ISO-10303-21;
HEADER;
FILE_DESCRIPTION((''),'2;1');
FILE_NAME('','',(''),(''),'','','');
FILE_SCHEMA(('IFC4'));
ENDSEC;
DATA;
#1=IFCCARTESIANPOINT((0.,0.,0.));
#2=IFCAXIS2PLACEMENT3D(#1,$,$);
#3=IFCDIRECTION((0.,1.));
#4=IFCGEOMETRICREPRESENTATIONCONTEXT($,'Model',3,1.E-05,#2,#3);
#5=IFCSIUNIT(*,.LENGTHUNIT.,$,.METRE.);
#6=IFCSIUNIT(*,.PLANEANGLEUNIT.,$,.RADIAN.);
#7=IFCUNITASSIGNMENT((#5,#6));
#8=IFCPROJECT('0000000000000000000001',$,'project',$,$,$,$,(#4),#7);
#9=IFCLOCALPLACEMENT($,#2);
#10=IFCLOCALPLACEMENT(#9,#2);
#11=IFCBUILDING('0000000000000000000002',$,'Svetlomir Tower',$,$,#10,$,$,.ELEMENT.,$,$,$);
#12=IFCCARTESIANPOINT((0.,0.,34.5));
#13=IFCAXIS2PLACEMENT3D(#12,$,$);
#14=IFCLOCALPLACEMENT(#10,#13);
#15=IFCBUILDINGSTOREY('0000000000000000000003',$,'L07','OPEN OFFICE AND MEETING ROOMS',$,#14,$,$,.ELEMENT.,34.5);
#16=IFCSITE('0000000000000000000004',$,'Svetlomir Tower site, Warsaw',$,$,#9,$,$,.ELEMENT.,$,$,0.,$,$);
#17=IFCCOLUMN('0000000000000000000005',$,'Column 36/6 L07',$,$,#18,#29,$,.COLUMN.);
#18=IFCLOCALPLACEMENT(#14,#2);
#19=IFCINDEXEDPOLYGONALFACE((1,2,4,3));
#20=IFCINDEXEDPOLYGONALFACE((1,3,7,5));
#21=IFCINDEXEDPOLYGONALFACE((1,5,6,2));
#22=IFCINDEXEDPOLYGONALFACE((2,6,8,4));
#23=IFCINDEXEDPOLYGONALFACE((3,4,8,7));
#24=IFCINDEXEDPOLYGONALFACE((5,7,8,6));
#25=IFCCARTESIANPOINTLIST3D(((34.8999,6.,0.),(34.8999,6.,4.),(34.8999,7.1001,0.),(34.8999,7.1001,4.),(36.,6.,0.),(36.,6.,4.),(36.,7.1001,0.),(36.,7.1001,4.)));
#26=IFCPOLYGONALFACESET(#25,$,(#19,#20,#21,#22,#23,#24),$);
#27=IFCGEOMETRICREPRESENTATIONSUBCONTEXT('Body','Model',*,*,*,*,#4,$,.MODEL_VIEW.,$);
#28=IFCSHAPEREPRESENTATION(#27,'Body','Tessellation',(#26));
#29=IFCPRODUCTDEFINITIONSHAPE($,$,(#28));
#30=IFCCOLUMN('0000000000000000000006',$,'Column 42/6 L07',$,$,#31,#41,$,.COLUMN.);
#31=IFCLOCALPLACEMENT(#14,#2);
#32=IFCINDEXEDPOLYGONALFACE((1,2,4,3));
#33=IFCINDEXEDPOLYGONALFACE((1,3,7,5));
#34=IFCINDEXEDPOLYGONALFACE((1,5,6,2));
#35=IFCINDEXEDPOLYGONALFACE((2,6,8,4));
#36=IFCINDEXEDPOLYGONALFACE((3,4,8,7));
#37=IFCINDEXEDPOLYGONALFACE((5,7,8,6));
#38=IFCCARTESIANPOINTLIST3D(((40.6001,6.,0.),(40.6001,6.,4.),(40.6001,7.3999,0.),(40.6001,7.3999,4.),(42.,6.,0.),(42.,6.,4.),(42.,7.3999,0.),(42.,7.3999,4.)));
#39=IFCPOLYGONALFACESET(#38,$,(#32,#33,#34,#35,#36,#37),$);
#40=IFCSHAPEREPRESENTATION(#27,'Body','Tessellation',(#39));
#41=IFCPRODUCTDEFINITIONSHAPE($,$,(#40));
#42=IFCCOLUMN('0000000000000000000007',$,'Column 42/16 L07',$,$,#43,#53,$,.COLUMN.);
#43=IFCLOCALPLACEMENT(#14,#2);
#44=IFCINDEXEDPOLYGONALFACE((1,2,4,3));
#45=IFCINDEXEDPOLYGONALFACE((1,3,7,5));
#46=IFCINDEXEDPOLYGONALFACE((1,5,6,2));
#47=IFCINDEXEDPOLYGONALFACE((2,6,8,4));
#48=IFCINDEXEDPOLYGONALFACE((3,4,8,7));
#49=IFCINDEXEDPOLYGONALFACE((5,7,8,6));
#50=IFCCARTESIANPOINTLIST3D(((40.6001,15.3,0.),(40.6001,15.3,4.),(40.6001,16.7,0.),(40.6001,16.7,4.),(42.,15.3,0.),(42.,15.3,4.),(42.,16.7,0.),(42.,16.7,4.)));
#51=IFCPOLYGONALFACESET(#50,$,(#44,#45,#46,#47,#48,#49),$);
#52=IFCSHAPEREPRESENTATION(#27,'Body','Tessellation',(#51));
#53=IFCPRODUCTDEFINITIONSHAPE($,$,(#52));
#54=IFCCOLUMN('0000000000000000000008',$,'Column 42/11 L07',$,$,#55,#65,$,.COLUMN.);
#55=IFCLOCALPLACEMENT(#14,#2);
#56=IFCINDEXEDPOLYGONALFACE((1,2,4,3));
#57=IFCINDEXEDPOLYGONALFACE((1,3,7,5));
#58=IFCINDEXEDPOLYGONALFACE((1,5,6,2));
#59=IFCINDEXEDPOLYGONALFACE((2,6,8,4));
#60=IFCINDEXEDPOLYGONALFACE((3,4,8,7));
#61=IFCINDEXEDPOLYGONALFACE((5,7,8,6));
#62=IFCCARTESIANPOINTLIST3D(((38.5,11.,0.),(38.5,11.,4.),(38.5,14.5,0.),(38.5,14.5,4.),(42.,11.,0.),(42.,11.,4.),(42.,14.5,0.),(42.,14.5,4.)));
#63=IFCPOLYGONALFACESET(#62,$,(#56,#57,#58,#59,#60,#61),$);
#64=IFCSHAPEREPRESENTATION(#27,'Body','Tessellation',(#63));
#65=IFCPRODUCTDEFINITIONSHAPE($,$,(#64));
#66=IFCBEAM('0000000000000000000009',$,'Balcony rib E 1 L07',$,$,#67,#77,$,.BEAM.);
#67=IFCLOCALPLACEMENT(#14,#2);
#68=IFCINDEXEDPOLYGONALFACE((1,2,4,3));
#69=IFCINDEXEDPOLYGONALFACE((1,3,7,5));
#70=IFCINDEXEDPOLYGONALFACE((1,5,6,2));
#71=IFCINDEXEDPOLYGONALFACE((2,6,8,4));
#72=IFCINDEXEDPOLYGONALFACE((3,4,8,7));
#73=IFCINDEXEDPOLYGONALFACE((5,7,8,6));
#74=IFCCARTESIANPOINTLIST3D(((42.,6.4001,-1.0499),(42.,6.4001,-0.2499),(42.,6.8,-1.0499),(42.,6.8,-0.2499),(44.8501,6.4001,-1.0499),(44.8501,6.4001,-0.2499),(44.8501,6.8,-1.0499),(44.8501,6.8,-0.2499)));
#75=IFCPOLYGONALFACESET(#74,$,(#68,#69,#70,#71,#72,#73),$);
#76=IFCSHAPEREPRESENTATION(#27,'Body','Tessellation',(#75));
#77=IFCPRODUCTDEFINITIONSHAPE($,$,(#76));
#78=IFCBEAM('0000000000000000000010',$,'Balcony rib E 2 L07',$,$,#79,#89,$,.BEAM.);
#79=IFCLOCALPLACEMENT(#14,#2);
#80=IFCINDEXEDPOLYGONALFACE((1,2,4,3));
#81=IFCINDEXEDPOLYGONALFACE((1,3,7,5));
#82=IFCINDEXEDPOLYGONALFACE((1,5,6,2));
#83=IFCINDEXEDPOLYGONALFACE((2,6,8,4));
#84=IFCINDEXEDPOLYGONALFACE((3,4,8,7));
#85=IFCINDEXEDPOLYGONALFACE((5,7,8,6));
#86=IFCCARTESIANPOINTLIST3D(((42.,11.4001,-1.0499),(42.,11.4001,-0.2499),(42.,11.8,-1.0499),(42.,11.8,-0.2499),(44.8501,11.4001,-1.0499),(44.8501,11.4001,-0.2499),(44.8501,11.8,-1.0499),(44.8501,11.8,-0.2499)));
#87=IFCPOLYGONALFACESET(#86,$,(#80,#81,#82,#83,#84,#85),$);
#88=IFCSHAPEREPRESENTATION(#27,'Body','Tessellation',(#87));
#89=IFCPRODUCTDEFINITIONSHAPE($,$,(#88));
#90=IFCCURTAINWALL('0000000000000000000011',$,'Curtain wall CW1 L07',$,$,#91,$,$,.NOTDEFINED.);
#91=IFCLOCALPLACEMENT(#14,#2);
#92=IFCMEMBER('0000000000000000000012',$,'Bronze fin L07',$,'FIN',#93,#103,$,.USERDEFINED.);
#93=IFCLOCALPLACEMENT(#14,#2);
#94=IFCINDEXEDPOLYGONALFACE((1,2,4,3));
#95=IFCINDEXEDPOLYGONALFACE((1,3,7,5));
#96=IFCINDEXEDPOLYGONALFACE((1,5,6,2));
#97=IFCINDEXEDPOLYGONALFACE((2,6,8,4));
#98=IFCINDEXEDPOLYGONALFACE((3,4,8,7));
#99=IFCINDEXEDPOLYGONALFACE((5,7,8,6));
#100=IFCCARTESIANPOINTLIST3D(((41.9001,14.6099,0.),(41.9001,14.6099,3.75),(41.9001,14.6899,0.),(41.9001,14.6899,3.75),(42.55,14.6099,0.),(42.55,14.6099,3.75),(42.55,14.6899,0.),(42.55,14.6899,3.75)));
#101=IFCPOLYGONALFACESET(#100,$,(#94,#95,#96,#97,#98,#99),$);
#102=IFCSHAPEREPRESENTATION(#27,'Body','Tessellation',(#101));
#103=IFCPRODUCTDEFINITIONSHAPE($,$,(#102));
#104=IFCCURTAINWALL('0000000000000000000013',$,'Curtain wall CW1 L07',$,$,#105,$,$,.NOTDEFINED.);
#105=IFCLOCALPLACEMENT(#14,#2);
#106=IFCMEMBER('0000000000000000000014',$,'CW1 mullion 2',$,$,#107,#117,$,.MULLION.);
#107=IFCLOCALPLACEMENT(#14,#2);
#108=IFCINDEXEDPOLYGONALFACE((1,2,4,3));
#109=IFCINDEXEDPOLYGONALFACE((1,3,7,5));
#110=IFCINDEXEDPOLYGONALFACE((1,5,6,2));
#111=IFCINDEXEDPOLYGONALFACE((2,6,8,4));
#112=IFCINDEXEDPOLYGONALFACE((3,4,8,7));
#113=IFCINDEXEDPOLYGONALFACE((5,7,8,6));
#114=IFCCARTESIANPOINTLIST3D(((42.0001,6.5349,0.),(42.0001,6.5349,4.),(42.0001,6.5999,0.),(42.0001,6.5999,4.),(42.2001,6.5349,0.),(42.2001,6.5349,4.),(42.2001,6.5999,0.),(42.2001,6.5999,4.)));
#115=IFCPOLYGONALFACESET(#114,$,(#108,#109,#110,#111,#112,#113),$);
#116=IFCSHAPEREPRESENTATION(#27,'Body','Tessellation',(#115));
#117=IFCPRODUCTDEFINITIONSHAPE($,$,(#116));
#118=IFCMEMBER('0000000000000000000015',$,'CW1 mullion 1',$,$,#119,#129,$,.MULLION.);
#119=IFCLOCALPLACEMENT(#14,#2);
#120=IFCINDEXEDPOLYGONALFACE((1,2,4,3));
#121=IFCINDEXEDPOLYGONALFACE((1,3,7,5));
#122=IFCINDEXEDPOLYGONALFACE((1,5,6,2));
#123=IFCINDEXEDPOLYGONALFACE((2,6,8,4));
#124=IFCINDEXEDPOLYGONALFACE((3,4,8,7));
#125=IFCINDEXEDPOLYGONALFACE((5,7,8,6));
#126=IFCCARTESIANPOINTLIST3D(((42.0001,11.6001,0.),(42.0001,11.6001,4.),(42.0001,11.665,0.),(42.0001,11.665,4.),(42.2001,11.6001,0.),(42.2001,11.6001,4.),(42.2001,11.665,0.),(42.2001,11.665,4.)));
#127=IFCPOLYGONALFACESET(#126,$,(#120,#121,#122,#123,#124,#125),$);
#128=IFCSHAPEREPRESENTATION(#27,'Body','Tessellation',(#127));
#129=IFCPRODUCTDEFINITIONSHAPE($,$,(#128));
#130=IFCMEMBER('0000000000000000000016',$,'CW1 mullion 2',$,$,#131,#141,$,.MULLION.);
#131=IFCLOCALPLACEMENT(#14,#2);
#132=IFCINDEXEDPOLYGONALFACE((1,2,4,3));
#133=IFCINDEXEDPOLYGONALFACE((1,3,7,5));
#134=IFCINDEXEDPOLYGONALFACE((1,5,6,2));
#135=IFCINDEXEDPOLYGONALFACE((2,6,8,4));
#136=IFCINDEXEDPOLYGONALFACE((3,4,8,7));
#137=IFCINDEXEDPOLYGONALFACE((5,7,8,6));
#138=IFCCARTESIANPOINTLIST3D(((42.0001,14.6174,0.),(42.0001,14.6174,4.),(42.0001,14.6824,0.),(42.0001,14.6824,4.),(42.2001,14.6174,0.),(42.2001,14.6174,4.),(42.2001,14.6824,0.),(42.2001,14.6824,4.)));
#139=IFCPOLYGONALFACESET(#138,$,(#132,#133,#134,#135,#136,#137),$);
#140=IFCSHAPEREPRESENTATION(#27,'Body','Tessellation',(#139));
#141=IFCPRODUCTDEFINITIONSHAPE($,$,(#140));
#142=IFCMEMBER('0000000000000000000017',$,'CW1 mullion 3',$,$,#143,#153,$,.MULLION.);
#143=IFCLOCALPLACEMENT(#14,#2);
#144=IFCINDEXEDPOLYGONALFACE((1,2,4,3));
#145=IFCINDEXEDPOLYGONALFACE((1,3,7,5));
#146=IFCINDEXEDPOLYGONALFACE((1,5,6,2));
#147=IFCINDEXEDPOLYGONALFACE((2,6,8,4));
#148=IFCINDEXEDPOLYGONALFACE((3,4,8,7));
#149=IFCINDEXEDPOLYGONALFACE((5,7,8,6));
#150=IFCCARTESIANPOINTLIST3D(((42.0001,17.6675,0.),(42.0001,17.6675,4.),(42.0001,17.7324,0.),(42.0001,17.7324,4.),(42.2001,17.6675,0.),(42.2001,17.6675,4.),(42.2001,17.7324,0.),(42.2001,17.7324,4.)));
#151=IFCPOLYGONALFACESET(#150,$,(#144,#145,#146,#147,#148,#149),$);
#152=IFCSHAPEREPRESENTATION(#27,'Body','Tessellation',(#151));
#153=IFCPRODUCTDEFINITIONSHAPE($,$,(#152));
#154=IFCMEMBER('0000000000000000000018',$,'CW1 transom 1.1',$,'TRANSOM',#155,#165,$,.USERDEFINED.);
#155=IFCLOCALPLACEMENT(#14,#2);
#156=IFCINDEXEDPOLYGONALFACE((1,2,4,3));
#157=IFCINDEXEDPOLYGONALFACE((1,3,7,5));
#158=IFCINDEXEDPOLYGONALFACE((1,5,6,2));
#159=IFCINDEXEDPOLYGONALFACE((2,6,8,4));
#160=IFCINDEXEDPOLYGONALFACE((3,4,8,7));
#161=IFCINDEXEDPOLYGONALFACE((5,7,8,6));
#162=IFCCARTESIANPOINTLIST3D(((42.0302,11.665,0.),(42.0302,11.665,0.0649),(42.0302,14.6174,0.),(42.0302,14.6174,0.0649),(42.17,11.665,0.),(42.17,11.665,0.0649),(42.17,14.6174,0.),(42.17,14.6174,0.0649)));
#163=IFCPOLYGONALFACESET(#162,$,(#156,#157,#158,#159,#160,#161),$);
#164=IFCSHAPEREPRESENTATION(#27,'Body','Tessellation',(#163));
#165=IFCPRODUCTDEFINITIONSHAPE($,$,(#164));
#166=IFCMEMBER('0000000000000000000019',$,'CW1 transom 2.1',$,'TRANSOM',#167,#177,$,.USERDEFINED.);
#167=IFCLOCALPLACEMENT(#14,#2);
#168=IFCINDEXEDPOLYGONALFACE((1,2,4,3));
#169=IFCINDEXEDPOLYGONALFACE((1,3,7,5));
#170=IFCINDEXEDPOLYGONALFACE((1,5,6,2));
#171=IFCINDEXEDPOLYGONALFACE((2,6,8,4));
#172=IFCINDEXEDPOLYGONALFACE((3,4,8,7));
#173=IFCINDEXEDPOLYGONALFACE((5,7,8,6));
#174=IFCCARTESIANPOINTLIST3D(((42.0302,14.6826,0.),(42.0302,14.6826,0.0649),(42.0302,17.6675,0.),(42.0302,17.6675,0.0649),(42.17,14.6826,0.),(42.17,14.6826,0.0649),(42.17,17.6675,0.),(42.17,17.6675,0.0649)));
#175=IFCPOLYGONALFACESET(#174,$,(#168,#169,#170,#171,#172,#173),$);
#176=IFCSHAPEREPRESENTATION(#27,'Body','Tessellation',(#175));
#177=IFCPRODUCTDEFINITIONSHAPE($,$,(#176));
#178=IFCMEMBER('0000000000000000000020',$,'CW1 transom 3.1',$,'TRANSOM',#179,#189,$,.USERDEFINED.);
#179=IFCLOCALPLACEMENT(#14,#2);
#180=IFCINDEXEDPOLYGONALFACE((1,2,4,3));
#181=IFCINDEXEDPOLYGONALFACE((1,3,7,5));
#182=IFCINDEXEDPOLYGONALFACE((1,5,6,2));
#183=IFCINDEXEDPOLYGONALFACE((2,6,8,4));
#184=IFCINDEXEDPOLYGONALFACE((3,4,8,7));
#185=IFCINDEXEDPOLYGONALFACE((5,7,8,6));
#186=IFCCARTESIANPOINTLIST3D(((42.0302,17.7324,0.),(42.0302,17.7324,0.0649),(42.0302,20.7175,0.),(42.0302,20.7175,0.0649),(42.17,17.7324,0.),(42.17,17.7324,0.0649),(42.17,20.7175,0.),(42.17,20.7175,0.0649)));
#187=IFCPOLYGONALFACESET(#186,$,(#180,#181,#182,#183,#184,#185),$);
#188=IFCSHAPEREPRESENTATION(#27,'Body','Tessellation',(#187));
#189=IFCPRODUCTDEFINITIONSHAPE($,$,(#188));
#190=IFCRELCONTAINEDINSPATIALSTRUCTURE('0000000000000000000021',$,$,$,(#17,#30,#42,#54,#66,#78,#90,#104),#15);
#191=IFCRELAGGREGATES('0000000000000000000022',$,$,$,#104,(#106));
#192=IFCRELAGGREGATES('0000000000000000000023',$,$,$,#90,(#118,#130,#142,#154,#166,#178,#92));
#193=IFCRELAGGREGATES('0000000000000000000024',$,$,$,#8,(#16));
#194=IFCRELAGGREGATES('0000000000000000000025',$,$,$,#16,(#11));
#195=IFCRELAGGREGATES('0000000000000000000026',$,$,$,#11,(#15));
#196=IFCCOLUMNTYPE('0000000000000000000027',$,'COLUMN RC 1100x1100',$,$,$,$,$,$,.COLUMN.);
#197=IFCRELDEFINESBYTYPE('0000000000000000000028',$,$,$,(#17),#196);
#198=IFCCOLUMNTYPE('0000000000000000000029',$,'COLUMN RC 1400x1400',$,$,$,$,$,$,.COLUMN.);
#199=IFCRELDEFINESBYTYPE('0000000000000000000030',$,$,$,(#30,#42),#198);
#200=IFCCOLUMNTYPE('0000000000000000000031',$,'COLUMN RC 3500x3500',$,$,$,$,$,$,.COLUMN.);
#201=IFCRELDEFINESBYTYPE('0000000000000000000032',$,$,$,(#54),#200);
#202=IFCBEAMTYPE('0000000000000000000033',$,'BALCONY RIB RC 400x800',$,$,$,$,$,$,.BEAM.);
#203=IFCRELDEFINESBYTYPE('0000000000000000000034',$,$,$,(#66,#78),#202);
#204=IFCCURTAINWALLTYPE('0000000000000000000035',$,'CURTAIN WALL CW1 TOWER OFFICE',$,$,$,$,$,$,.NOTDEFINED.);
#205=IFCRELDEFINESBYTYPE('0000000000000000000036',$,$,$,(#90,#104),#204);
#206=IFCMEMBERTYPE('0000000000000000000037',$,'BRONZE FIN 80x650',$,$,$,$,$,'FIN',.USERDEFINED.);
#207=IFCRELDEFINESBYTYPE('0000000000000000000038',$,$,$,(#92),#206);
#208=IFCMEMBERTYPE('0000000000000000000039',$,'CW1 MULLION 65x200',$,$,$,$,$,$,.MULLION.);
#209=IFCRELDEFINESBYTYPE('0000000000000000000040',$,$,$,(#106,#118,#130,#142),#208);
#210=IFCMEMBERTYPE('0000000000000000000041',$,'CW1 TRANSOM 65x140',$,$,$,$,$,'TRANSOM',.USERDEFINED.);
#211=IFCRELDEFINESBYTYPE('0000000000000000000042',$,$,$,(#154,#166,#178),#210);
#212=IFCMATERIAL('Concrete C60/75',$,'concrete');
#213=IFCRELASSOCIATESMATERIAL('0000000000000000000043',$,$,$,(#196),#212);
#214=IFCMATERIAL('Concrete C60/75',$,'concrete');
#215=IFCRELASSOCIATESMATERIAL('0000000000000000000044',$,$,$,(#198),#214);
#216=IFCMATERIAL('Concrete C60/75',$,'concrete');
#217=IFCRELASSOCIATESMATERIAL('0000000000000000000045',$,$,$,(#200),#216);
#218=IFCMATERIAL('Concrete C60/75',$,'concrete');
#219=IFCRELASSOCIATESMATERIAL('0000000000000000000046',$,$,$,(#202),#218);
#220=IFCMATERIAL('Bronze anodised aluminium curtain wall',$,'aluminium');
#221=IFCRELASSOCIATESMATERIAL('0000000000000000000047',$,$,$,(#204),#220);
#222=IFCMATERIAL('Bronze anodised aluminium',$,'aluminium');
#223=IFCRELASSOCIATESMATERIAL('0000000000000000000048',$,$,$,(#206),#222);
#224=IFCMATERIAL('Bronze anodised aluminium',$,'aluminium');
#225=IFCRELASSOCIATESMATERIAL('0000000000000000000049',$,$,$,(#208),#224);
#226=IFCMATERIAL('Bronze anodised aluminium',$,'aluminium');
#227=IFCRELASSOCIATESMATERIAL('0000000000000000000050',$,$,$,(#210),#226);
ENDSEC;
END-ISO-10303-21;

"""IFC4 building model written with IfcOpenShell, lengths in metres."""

from ifc_helpers import new_model, si_unit, direction, frame, origin, origin_2d, place, context, subcontext, project, spatial, rectangle, extrude, material, material_profile, profile_set, type_object, element, aggregate, save


model = new_model("IFC4")

# Units and contexts
model_context = context("Model", 3, precision=1e-05, world=origin(), true_north=direction((0.0, 1.0)))
body_context = subcontext(model_context, "Body", "Model", "MODEL_VIEW")
ifc_project = project(units=[si_unit("LENGTHUNIT", "METRE"), si_unit("PLANEANGLEUNIT", "RADIAN")], contexts=[model_context])

# Site, building, storey
site_placement = place(None, origin())
site = spatial("IfcSite", under=ifc_project, at=site_placement, Name="Svetlomir Tower site, Warsaw", CompositionType="ELEMENT", RefElevation=0.0)
building_placement = place(site_placement, origin())
building = spatial("IfcBuilding", under=site, at=building_placement, Name="Svetlomir Tower", CompositionType="ELEMENT")
storey_placement = place(building_placement, frame((0.0, 0.0, 34.5)))
storey = spatial("IfcBuildingStorey", under=building, at=storey_placement, Name="L07", Description="OPEN OFFICE AND MEETING ROOMS", CompositionType="ELEMENT", Elevation=34.5)

# Columns
ifc_material_1 = material(Name="Concrete C60/75", Category="concrete")
ifc_material_profile_1 = material_profile(ifc_material_1, rectangle(XDim=1.1001, YDim=1.1001, at=origin_2d()), Name="RC 1100x1100")
ifc_profile_set_1 = profile_set([ifc_material_profile_1], Name="Concrete C60/75")
column_type_1 = type_object("IfcColumnType", Name="COLUMN RC 1100x1100", PredefinedType="COLUMN", material=ifc_profile_set_1)
column_1_placement = place(storey_placement, frame((35.45, 6.55, 0.0), z_axis=(0.0, 0.0, 1.0), x_axis=(1.0, 0.0, 0.0)))
element("IfcColumn", 1, at=column_1_placement, inside=storey, type_object=column_type_1, Name="Column 36/6 L07", PredefinedType="COLUMN", context=body_context, shape_type="SweptSolid", body=[
    extrude(rectangle(XDim=1.1001, YDim=1.1001, at=origin_2d()), origin(), (0.0, 0.0, 1.0), 4.0),
])
ifc_material_2 = material(Name="Concrete C60/75", Category="concrete")
ifc_material_profile_2 = material_profile(ifc_material_2, rectangle(XDim=1.3999, YDim=1.3999, at=origin_2d()), Name="RC 1400x1400")
ifc_profile_set_2 = profile_set([ifc_material_profile_2], Name="Concrete C60/75")
column_type_2 = type_object("IfcColumnType", Name="COLUMN RC 1400x1400", PredefinedType="COLUMN", material=ifc_profile_set_2)
for number, where, z_axis, x_axis, name in (
    (2, (41.3, 6.7, 0.0), (0.0, 0.0, 1.0), (1.0, 0.0, 0.0), "Column 42/6 L07"),
    (3, (41.3, 16.0, 0.0), (0.0, 0.0, 1.0), (1.0, 0.0, 0.0), "Column 42/16 L07"),
):
    element("IfcColumn", number, at=place(storey_placement, frame(where, z_axis=z_axis, x_axis=x_axis)), inside=storey, type_object=column_type_2, Name=name, PredefinedType="COLUMN", context=body_context, shape_type="SweptSolid", body=[
        extrude(rectangle(XDim=1.3999, YDim=1.3999, at=origin_2d()), origin(), (0.0, 0.0, 1.0), 4.0),
    ])
ifc_material_3 = material(Name="Concrete C60/75", Category="concrete")
ifc_material_profile_3 = material_profile(ifc_material_3, rectangle(XDim=3.5, YDim=3.5, at=origin_2d()), Name="RC 3500x3500")
ifc_profile_set_3 = profile_set([ifc_material_profile_3], Name="Concrete C60/75")
column_type_3 = type_object("IfcColumnType", Name="COLUMN RC 3500x3500", PredefinedType="COLUMN", material=ifc_profile_set_3)
column_2_placement = place(storey_placement, frame((40.25, 12.75, 0.0), z_axis=(0.0, 0.0, 1.0), x_axis=(1.0, 0.0, 0.0)))
element("IfcColumn", 4, at=column_2_placement, inside=storey, type_object=column_type_3, Name="Column 42/11 L07", PredefinedType="COLUMN", context=body_context, shape_type="SweptSolid", body=[
    extrude(rectangle(XDim=3.5, YDim=3.5, at=origin_2d()), origin(), (0.0, 0.0, 1.0), 4.0),
])

# Beams
ifc_material_4 = material(Name="Concrete C60/75", Category="concrete")
ifc_material_profile_4 = material_profile(ifc_material_4, rectangle(XDim=0.3999, YDim=0.8, at=origin_2d()), Name="RC 400x800")
ifc_profile_set_4 = profile_set([ifc_material_profile_4], Name="Concrete C60/75")
beam_type_1 = type_object("IfcBeamType", Name="BALCONY RIB RC 400x800", PredefinedType="BEAM", material=ifc_profile_set_4)
for number, where, z_axis, x_axis, name in (
    (5, (42.0, 6.6001, -0.6499), (1.0, 0.0, 0.0), (0.0, 1.0, 0.0), "Balcony rib E 1 L07"),
    (6, (42.0, 11.6001, -0.6499), (1.0, 0.0, 0.0), (0.0, 1.0, 0.0), "Balcony rib E 2 L07"),
):
    element("IfcBeam", number, at=place(storey_placement, frame(where, z_axis=z_axis, x_axis=x_axis)), inside=storey, type_object=beam_type_1, Name=name, PredefinedType="BEAM", context=body_context, shape_type="SweptSolid", body=[
        extrude(rectangle(XDim=0.3999, YDim=0.8, at=origin_2d()), origin(), (0.0, 0.0, 1.0), 2.8501),
    ])

# Curtain walls, members
ifc_material_5 = material(Name="Bronze anodised aluminium curtain wall", Category="aluminium")
curtain_wall_type = type_object("IfcCurtainWallType", Name="CURTAIN WALL CW1 TOWER OFFICE", PredefinedType="NOTDEFINED", material=ifc_material_5)
curtain_wall_1_placement = place(storey_placement, origin())
curtain_wall_1 = element("IfcCurtainWall", 7, at=curtain_wall_1_placement, inside=storey, type_object=curtain_wall_type, Name="Curtain wall CW1 L07", PredefinedType="NOTDEFINED")
ifc_material_6 = material(Name="Bronze anodised aluminium", Category="aluminium")
ifc_material_profile_5 = material_profile(ifc_material_6, rectangle(XDim=0.0801, YDim=0.6499, at=origin_2d()), Name="FIN 80x650")
ifc_profile_set_5 = profile_set([ifc_material_profile_5], Name="Bronze anodised aluminium 6063-T6")
member_type_1 = type_object("IfcMemberType", Name="BRONZE FIN 80x650", ElementType="FIN", PredefinedType="USERDEFINED", material=ifc_profile_set_5)
member_1_placement = place(storey_placement, frame((42.2251, 14.6499, 0.0), z_axis=(0.0, 0.0, 1.0), x_axis=(0.0, 1.0, 0.0)))
member_1 = element("IfcMember", 8, at=member_1_placement, type_object=member_type_1, Name="Bronze fin L07", ObjectType="FIN", PredefinedType="USERDEFINED", context=body_context, shape_type="SweptSolid", body=[
    extrude(rectangle(XDim=0.0801, YDim=0.6499, at=origin_2d()), origin(), (0.0, 0.0, 1.0), 3.75),
])
curtain_wall_2_placement = place(storey_placement, origin())
curtain_wall_2 = element("IfcCurtainWall", 9, at=curtain_wall_2_placement, inside=storey, type_object=curtain_wall_type, Name="Curtain wall CW1 L07", PredefinedType="NOTDEFINED")
ifc_material_7 = material(Name="Bronze anodised aluminium", Category="aluminium")
ifc_material_profile_6 = material_profile(ifc_material_7, rectangle(XDim=0.0649, YDim=0.2, at=origin_2d()), Name="AL 65x200")
ifc_profile_set_6 = profile_set([ifc_material_profile_6], Name="Bronze anodised aluminium 6063-T6")
member_type_2 = type_object("IfcMemberType", Name="CW1 MULLION 65x200", PredefinedType="MULLION", material=ifc_profile_set_6)
member_2_placement = place(storey_placement, frame((42.1001, 6.5674, 0.0), z_axis=(0.0, 0.0, 1.0), x_axis=(0.0, 1.0, 0.0)))
member_2 = element("IfcMember", 10, at=member_2_placement, type_object=member_type_2, Name="CW1 mullion 2", PredefinedType="MULLION", context=body_context, shape_type="SweptSolid", body=[
    extrude(rectangle(XDim=0.0649, YDim=0.2, at=origin_2d()), origin(), (0.0, 0.0, 1.0), 4.0),
])

# Members
member_3_placement = place(storey_placement, frame((42.1001, 11.6326, 0.0), z_axis=(0.0, 0.0, 1.0), x_axis=(0.0, 1.0, 0.0)))
member_3 = element("IfcMember", 11, at=member_3_placement, type_object=member_type_2, Name="CW1 mullion 1", PredefinedType="MULLION", context=body_context, shape_type="SweptSolid", body=[
    extrude(rectangle(XDim=0.0649, YDim=0.2, at=origin_2d()), origin(), (0.0, 0.0, 1.0), 4.0),
])
member_4_placement = place(storey_placement, frame((42.1001, 14.6499, 0.0), z_axis=(0.0, 0.0, 1.0), x_axis=(0.0, 1.0, 0.0)))
member_4 = element("IfcMember", 12, at=member_4_placement, type_object=member_type_2, Name="CW1 mullion 2", PredefinedType="MULLION", context=body_context, shape_type="SweptSolid", body=[
    extrude(rectangle(XDim=0.0649, YDim=0.2, at=origin_2d()), origin(), (0.0, 0.0, 1.0), 4.0),
])
member_5_placement = place(storey_placement, frame((42.1001, 17.7, 0.0), z_axis=(0.0, 0.0, 1.0), x_axis=(0.0, 1.0, 0.0)))
member_5 = element("IfcMember", 13, at=member_5_placement, type_object=member_type_2, Name="CW1 mullion 3", PredefinedType="MULLION", context=body_context, shape_type="SweptSolid", body=[
    extrude(rectangle(XDim=0.0649, YDim=0.2, at=origin_2d()), origin(), (0.0, 0.0, 1.0), 4.0),
])
ifc_material_8 = material(Name="Bronze anodised aluminium", Category="aluminium")
ifc_material_profile_7 = material_profile(ifc_material_8, rectangle(XDim=0.1399, YDim=0.0649, at=origin_2d()), Name="AL 140x65")
ifc_profile_set_7 = profile_set([ifc_material_profile_7], Name="Bronze anodised aluminium 6063-T6")
member_type_3 = type_object("IfcMemberType", Name="CW1 TRANSOM 65x140", ElementType="TRANSOM", PredefinedType="USERDEFINED", material=ifc_profile_set_7)
member_6_placement = place(storey_placement, frame((42.1001, 11.665, 0.0325), z_axis=(0.0, 1.0, 0.0), x_axis=(-1.0, 0.0, 0.0)))
member_6 = element("IfcMember", 14, at=member_6_placement, type_object=member_type_3, Name="CW1 transom 1.1", ObjectType="TRANSOM", PredefinedType="USERDEFINED", context=body_context, shape_type="SweptSolid", body=[
    extrude(rectangle(XDim=0.1399, YDim=0.0649, at=origin_2d()), origin(), (0.0, 0.0, 1.0), 2.9524),
])
member_7_placement = place(storey_placement, frame((42.1001, 14.6826, 0.0325), z_axis=(0.0, 1.0, 0.0), x_axis=(-1.0, 0.0, 0.0)))
member_7 = element("IfcMember", 15, at=member_7_placement, type_object=member_type_3, Name="CW1 transom 2.1", ObjectType="TRANSOM", PredefinedType="USERDEFINED", context=body_context, shape_type="SweptSolid", body=[
    extrude(rectangle(XDim=0.1399, YDim=0.0649, at=origin_2d()), origin(), (0.0, 0.0, 1.0), 2.9849),
])
member_8_placement = place(storey_placement, frame((42.1001, 17.7324, 0.0325), z_axis=(0.0, 1.0, 0.0), x_axis=(-1.0, 0.0, 0.0)))
member_8 = element("IfcMember", 16, at=member_8_placement, type_object=member_type_3, Name="CW1 transom 3.1", ObjectType="TRANSOM", PredefinedType="USERDEFINED", context=body_context, shape_type="SweptSolid", body=[
    extrude(rectangle(XDim=0.1399, YDim=0.0649, at=origin_2d()), origin(), (0.0, 0.0, 1.0), 2.9851),
])

aggregate(curtain_wall_2, [member_2])
aggregate(curtain_wall_1, [member_3, member_4, member_5, member_6, member_7, member_8, member_1])

save(model, "model.ifc")
